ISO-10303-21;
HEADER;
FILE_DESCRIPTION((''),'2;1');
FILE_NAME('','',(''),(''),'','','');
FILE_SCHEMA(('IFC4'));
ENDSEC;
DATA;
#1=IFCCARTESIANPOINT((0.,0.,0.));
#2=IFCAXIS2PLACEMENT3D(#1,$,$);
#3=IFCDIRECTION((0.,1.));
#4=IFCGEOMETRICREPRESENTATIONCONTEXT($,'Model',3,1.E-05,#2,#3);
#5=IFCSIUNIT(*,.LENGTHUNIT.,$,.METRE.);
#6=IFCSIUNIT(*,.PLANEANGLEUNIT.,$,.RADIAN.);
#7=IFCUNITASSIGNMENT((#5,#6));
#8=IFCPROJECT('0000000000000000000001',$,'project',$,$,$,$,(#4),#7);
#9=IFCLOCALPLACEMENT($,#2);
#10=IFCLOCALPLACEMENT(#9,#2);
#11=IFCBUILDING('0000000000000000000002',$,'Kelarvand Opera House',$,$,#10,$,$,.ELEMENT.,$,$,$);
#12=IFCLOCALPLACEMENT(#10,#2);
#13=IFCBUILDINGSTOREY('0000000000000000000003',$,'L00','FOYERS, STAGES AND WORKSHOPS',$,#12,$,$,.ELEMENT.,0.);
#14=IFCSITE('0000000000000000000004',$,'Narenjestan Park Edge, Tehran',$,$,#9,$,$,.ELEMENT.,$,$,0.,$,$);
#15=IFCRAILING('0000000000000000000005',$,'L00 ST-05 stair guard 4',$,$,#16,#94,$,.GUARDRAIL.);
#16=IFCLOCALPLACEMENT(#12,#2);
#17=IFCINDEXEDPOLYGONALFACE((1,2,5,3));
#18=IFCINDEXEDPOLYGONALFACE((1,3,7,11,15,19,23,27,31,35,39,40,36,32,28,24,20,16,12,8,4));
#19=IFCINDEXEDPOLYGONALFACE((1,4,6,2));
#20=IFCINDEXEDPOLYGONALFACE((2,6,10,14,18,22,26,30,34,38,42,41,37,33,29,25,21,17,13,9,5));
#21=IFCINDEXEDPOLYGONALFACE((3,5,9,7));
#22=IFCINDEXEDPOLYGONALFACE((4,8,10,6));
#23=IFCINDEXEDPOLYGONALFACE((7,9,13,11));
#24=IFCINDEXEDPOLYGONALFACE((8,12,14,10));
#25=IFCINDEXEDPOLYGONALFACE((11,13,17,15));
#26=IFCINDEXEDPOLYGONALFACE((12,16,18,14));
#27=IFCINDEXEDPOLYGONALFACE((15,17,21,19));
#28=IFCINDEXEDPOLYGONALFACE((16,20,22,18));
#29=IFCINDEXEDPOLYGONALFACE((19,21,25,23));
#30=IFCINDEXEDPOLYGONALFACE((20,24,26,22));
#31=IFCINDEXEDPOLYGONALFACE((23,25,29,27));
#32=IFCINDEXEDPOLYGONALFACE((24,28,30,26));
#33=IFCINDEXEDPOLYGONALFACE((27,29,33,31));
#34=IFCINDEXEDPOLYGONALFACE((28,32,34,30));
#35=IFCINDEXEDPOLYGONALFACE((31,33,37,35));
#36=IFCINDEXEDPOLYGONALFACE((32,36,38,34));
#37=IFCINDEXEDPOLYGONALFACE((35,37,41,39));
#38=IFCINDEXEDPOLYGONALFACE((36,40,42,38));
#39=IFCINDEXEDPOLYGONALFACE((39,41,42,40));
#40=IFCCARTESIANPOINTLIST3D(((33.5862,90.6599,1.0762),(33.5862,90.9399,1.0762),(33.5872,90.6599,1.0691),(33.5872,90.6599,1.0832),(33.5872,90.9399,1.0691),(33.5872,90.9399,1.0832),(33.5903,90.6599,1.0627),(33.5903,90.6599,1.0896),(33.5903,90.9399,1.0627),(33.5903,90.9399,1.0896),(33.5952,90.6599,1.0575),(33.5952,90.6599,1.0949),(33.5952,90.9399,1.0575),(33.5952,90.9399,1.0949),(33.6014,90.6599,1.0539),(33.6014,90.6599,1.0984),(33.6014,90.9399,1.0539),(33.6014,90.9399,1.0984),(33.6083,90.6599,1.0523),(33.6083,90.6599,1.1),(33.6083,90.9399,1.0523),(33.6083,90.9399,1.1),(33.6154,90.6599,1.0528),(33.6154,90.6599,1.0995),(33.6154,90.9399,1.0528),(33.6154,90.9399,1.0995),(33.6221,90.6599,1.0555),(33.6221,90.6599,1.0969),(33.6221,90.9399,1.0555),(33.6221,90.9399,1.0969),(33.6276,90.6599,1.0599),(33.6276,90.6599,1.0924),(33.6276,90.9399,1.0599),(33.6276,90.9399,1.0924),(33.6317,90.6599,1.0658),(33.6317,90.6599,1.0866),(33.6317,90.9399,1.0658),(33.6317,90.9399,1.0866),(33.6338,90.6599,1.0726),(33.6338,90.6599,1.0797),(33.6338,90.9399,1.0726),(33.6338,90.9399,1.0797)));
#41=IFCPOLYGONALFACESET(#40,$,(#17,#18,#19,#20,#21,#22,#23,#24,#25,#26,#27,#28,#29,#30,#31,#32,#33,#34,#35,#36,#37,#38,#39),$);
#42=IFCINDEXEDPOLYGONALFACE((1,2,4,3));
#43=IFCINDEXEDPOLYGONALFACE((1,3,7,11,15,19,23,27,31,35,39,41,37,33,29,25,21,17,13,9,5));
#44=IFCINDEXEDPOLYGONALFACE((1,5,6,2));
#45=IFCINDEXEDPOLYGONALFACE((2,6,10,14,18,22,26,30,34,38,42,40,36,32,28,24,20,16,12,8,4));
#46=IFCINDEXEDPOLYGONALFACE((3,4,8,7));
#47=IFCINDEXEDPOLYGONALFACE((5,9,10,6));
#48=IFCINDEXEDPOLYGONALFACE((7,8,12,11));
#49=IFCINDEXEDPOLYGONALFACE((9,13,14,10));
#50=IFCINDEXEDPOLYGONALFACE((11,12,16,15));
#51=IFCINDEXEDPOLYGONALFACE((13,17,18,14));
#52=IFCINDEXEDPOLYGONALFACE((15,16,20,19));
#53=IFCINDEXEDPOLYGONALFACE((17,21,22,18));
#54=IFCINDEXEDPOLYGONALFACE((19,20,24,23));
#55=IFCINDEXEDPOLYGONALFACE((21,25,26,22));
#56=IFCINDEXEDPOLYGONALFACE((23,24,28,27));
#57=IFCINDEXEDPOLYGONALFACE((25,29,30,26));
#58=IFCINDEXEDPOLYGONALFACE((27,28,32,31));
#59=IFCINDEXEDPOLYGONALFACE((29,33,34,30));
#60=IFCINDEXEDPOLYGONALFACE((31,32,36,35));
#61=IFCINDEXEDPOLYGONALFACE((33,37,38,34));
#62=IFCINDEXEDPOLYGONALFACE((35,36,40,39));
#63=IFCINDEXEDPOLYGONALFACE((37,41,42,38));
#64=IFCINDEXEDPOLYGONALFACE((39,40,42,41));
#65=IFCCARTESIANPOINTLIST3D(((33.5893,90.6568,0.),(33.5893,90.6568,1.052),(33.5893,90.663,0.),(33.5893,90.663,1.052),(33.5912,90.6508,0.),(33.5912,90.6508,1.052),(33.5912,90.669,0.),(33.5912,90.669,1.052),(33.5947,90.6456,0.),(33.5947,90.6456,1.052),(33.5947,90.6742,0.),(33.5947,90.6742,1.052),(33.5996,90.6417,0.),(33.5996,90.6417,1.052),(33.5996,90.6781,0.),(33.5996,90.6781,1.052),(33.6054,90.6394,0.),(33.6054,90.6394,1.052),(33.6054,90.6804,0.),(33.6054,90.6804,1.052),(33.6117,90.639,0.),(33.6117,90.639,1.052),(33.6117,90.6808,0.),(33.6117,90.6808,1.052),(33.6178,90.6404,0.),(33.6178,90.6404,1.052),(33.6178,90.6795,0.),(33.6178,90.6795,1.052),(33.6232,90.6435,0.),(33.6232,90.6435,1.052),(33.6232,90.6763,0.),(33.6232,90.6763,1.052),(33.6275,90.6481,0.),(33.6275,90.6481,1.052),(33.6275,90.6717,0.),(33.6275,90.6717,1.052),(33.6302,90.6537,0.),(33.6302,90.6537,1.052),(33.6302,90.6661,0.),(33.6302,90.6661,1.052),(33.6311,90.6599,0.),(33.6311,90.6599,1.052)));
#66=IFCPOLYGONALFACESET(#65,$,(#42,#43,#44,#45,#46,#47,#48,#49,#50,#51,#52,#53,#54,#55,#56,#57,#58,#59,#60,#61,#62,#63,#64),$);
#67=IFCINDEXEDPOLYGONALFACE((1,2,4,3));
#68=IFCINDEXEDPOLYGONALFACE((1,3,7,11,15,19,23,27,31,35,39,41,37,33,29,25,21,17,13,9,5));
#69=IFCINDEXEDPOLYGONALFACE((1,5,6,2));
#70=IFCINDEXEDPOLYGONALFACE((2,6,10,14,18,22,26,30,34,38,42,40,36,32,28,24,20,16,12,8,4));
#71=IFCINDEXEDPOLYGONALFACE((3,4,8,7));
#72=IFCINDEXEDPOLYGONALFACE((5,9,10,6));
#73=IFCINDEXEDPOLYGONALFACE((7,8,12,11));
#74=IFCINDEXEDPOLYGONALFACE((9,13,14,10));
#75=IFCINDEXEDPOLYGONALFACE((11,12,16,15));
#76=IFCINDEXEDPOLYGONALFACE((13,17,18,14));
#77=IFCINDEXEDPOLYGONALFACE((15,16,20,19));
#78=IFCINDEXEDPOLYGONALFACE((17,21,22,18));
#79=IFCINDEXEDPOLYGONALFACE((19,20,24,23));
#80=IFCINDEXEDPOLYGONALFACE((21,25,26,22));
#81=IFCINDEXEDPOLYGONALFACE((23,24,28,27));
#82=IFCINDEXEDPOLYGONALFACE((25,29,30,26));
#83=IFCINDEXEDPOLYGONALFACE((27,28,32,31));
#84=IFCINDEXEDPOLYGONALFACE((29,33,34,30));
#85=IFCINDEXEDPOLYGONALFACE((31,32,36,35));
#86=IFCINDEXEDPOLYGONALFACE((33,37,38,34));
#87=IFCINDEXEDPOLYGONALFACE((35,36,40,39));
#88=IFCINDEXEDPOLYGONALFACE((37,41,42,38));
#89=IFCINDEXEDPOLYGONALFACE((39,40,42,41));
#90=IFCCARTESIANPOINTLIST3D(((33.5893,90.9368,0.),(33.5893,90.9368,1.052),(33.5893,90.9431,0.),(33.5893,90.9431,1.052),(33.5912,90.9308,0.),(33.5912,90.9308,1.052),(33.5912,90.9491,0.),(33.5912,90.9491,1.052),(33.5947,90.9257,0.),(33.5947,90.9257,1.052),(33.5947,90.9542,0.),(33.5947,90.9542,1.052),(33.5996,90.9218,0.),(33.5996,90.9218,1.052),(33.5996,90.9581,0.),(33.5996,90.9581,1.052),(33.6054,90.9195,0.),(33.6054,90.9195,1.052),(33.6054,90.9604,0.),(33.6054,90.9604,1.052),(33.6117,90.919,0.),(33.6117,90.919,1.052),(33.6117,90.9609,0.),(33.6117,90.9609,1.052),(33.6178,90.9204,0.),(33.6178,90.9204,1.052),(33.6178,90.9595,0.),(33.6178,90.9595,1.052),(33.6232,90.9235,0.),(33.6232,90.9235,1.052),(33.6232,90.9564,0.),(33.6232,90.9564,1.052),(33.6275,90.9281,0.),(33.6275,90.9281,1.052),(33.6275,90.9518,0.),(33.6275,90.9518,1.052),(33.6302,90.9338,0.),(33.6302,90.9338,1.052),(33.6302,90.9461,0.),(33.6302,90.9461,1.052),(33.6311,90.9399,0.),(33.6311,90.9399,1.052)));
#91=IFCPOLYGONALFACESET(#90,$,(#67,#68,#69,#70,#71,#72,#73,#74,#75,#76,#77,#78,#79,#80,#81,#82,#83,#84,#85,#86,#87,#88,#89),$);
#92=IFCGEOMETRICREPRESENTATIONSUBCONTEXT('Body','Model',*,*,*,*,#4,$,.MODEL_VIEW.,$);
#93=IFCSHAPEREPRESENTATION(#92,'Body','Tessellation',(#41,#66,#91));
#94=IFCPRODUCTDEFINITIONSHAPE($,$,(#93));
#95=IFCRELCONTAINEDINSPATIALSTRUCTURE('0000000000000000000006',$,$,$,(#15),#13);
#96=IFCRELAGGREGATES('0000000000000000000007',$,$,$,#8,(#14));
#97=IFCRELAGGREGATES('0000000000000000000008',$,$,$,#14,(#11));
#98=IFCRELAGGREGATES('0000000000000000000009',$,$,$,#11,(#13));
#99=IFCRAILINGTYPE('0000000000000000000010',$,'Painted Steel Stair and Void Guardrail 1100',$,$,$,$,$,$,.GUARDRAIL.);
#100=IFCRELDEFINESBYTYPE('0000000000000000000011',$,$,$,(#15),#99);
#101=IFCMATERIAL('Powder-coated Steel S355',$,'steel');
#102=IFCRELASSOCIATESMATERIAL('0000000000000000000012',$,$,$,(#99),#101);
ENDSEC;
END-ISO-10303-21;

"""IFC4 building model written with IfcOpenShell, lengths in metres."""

from ifc_helpers import new_model, si_unit, direction, frame, origin, origin_2d, place, context, subcontext, project, spatial, circle, extrude, material, type_object, element, save


model = new_model("IFC4")

# Units and contexts
model_context = context("Model", 3, precision=1e-05, world=origin(), true_north=direction((0.0, 1.0)))
body_context = subcontext(model_context, "Body", "Model", "MODEL_VIEW")
ifc_project = project(units=[si_unit("LENGTHUNIT", "METRE"), si_unit("PLANEANGLEUNIT", "RADIAN")], contexts=[model_context])

# Site, building, storey
site_placement = place(None, origin())
site = spatial("IfcSite", under=ifc_project, at=site_placement, Name="Narenjestan Park Edge, Tehran", CompositionType="ELEMENT", RefElevation=0.0)
building_placement = place(site_placement, origin())
building = spatial("IfcBuilding", under=site, at=building_placement, Name="Kelarvand Opera House", CompositionType="ELEMENT")
storey_placement = place(building_placement, origin())
storey = spatial("IfcBuildingStorey", under=building, at=storey_placement, Name="L00", Description="FOYERS, STAGES AND WORKSHOPS", CompositionType="ELEMENT", Elevation=0.0)

# Railing
ifc_material_1 = material(Name="Powder-coated Steel S355", Category="steel")
railing_type_1 = type_object("IfcRailingType", Name="Painted Steel Stair and Void Guardrail 1100", PredefinedType="GUARDRAIL", material=ifc_material_1)
railing_1_placement = place(storey_placement, frame((33.6101, 90.6599, 0.0)))
element("IfcRailing", 1, at=railing_1_placement, inside=storey, type_object=railing_type_1, Name="L00 ST-05 stair guard 4", PredefinedType="GUARDRAIL", context=body_context, shape_type="SweptSolid", body=[
    extrude(circle(Radius=0.0239, at=origin_2d()), frame((0.0, 0.0, 1.0762), z_axis=(0.0, 1.0, 0.0), x_axis=(-1.0, 0.0, 0.0)), (0.0, 0.0, 1.0), 0.28),
    extrude(circle(Radius=0.021, at=origin_2d()), origin(), (0.0, 0.0, 1.0), 1.052),
    extrude(circle(Radius=0.021, at=origin_2d()), frame((0.0, 0.28, 0.0)), (0.0, 0.0, 1.0), 1.052),
])

save(model, "model.ifc")
